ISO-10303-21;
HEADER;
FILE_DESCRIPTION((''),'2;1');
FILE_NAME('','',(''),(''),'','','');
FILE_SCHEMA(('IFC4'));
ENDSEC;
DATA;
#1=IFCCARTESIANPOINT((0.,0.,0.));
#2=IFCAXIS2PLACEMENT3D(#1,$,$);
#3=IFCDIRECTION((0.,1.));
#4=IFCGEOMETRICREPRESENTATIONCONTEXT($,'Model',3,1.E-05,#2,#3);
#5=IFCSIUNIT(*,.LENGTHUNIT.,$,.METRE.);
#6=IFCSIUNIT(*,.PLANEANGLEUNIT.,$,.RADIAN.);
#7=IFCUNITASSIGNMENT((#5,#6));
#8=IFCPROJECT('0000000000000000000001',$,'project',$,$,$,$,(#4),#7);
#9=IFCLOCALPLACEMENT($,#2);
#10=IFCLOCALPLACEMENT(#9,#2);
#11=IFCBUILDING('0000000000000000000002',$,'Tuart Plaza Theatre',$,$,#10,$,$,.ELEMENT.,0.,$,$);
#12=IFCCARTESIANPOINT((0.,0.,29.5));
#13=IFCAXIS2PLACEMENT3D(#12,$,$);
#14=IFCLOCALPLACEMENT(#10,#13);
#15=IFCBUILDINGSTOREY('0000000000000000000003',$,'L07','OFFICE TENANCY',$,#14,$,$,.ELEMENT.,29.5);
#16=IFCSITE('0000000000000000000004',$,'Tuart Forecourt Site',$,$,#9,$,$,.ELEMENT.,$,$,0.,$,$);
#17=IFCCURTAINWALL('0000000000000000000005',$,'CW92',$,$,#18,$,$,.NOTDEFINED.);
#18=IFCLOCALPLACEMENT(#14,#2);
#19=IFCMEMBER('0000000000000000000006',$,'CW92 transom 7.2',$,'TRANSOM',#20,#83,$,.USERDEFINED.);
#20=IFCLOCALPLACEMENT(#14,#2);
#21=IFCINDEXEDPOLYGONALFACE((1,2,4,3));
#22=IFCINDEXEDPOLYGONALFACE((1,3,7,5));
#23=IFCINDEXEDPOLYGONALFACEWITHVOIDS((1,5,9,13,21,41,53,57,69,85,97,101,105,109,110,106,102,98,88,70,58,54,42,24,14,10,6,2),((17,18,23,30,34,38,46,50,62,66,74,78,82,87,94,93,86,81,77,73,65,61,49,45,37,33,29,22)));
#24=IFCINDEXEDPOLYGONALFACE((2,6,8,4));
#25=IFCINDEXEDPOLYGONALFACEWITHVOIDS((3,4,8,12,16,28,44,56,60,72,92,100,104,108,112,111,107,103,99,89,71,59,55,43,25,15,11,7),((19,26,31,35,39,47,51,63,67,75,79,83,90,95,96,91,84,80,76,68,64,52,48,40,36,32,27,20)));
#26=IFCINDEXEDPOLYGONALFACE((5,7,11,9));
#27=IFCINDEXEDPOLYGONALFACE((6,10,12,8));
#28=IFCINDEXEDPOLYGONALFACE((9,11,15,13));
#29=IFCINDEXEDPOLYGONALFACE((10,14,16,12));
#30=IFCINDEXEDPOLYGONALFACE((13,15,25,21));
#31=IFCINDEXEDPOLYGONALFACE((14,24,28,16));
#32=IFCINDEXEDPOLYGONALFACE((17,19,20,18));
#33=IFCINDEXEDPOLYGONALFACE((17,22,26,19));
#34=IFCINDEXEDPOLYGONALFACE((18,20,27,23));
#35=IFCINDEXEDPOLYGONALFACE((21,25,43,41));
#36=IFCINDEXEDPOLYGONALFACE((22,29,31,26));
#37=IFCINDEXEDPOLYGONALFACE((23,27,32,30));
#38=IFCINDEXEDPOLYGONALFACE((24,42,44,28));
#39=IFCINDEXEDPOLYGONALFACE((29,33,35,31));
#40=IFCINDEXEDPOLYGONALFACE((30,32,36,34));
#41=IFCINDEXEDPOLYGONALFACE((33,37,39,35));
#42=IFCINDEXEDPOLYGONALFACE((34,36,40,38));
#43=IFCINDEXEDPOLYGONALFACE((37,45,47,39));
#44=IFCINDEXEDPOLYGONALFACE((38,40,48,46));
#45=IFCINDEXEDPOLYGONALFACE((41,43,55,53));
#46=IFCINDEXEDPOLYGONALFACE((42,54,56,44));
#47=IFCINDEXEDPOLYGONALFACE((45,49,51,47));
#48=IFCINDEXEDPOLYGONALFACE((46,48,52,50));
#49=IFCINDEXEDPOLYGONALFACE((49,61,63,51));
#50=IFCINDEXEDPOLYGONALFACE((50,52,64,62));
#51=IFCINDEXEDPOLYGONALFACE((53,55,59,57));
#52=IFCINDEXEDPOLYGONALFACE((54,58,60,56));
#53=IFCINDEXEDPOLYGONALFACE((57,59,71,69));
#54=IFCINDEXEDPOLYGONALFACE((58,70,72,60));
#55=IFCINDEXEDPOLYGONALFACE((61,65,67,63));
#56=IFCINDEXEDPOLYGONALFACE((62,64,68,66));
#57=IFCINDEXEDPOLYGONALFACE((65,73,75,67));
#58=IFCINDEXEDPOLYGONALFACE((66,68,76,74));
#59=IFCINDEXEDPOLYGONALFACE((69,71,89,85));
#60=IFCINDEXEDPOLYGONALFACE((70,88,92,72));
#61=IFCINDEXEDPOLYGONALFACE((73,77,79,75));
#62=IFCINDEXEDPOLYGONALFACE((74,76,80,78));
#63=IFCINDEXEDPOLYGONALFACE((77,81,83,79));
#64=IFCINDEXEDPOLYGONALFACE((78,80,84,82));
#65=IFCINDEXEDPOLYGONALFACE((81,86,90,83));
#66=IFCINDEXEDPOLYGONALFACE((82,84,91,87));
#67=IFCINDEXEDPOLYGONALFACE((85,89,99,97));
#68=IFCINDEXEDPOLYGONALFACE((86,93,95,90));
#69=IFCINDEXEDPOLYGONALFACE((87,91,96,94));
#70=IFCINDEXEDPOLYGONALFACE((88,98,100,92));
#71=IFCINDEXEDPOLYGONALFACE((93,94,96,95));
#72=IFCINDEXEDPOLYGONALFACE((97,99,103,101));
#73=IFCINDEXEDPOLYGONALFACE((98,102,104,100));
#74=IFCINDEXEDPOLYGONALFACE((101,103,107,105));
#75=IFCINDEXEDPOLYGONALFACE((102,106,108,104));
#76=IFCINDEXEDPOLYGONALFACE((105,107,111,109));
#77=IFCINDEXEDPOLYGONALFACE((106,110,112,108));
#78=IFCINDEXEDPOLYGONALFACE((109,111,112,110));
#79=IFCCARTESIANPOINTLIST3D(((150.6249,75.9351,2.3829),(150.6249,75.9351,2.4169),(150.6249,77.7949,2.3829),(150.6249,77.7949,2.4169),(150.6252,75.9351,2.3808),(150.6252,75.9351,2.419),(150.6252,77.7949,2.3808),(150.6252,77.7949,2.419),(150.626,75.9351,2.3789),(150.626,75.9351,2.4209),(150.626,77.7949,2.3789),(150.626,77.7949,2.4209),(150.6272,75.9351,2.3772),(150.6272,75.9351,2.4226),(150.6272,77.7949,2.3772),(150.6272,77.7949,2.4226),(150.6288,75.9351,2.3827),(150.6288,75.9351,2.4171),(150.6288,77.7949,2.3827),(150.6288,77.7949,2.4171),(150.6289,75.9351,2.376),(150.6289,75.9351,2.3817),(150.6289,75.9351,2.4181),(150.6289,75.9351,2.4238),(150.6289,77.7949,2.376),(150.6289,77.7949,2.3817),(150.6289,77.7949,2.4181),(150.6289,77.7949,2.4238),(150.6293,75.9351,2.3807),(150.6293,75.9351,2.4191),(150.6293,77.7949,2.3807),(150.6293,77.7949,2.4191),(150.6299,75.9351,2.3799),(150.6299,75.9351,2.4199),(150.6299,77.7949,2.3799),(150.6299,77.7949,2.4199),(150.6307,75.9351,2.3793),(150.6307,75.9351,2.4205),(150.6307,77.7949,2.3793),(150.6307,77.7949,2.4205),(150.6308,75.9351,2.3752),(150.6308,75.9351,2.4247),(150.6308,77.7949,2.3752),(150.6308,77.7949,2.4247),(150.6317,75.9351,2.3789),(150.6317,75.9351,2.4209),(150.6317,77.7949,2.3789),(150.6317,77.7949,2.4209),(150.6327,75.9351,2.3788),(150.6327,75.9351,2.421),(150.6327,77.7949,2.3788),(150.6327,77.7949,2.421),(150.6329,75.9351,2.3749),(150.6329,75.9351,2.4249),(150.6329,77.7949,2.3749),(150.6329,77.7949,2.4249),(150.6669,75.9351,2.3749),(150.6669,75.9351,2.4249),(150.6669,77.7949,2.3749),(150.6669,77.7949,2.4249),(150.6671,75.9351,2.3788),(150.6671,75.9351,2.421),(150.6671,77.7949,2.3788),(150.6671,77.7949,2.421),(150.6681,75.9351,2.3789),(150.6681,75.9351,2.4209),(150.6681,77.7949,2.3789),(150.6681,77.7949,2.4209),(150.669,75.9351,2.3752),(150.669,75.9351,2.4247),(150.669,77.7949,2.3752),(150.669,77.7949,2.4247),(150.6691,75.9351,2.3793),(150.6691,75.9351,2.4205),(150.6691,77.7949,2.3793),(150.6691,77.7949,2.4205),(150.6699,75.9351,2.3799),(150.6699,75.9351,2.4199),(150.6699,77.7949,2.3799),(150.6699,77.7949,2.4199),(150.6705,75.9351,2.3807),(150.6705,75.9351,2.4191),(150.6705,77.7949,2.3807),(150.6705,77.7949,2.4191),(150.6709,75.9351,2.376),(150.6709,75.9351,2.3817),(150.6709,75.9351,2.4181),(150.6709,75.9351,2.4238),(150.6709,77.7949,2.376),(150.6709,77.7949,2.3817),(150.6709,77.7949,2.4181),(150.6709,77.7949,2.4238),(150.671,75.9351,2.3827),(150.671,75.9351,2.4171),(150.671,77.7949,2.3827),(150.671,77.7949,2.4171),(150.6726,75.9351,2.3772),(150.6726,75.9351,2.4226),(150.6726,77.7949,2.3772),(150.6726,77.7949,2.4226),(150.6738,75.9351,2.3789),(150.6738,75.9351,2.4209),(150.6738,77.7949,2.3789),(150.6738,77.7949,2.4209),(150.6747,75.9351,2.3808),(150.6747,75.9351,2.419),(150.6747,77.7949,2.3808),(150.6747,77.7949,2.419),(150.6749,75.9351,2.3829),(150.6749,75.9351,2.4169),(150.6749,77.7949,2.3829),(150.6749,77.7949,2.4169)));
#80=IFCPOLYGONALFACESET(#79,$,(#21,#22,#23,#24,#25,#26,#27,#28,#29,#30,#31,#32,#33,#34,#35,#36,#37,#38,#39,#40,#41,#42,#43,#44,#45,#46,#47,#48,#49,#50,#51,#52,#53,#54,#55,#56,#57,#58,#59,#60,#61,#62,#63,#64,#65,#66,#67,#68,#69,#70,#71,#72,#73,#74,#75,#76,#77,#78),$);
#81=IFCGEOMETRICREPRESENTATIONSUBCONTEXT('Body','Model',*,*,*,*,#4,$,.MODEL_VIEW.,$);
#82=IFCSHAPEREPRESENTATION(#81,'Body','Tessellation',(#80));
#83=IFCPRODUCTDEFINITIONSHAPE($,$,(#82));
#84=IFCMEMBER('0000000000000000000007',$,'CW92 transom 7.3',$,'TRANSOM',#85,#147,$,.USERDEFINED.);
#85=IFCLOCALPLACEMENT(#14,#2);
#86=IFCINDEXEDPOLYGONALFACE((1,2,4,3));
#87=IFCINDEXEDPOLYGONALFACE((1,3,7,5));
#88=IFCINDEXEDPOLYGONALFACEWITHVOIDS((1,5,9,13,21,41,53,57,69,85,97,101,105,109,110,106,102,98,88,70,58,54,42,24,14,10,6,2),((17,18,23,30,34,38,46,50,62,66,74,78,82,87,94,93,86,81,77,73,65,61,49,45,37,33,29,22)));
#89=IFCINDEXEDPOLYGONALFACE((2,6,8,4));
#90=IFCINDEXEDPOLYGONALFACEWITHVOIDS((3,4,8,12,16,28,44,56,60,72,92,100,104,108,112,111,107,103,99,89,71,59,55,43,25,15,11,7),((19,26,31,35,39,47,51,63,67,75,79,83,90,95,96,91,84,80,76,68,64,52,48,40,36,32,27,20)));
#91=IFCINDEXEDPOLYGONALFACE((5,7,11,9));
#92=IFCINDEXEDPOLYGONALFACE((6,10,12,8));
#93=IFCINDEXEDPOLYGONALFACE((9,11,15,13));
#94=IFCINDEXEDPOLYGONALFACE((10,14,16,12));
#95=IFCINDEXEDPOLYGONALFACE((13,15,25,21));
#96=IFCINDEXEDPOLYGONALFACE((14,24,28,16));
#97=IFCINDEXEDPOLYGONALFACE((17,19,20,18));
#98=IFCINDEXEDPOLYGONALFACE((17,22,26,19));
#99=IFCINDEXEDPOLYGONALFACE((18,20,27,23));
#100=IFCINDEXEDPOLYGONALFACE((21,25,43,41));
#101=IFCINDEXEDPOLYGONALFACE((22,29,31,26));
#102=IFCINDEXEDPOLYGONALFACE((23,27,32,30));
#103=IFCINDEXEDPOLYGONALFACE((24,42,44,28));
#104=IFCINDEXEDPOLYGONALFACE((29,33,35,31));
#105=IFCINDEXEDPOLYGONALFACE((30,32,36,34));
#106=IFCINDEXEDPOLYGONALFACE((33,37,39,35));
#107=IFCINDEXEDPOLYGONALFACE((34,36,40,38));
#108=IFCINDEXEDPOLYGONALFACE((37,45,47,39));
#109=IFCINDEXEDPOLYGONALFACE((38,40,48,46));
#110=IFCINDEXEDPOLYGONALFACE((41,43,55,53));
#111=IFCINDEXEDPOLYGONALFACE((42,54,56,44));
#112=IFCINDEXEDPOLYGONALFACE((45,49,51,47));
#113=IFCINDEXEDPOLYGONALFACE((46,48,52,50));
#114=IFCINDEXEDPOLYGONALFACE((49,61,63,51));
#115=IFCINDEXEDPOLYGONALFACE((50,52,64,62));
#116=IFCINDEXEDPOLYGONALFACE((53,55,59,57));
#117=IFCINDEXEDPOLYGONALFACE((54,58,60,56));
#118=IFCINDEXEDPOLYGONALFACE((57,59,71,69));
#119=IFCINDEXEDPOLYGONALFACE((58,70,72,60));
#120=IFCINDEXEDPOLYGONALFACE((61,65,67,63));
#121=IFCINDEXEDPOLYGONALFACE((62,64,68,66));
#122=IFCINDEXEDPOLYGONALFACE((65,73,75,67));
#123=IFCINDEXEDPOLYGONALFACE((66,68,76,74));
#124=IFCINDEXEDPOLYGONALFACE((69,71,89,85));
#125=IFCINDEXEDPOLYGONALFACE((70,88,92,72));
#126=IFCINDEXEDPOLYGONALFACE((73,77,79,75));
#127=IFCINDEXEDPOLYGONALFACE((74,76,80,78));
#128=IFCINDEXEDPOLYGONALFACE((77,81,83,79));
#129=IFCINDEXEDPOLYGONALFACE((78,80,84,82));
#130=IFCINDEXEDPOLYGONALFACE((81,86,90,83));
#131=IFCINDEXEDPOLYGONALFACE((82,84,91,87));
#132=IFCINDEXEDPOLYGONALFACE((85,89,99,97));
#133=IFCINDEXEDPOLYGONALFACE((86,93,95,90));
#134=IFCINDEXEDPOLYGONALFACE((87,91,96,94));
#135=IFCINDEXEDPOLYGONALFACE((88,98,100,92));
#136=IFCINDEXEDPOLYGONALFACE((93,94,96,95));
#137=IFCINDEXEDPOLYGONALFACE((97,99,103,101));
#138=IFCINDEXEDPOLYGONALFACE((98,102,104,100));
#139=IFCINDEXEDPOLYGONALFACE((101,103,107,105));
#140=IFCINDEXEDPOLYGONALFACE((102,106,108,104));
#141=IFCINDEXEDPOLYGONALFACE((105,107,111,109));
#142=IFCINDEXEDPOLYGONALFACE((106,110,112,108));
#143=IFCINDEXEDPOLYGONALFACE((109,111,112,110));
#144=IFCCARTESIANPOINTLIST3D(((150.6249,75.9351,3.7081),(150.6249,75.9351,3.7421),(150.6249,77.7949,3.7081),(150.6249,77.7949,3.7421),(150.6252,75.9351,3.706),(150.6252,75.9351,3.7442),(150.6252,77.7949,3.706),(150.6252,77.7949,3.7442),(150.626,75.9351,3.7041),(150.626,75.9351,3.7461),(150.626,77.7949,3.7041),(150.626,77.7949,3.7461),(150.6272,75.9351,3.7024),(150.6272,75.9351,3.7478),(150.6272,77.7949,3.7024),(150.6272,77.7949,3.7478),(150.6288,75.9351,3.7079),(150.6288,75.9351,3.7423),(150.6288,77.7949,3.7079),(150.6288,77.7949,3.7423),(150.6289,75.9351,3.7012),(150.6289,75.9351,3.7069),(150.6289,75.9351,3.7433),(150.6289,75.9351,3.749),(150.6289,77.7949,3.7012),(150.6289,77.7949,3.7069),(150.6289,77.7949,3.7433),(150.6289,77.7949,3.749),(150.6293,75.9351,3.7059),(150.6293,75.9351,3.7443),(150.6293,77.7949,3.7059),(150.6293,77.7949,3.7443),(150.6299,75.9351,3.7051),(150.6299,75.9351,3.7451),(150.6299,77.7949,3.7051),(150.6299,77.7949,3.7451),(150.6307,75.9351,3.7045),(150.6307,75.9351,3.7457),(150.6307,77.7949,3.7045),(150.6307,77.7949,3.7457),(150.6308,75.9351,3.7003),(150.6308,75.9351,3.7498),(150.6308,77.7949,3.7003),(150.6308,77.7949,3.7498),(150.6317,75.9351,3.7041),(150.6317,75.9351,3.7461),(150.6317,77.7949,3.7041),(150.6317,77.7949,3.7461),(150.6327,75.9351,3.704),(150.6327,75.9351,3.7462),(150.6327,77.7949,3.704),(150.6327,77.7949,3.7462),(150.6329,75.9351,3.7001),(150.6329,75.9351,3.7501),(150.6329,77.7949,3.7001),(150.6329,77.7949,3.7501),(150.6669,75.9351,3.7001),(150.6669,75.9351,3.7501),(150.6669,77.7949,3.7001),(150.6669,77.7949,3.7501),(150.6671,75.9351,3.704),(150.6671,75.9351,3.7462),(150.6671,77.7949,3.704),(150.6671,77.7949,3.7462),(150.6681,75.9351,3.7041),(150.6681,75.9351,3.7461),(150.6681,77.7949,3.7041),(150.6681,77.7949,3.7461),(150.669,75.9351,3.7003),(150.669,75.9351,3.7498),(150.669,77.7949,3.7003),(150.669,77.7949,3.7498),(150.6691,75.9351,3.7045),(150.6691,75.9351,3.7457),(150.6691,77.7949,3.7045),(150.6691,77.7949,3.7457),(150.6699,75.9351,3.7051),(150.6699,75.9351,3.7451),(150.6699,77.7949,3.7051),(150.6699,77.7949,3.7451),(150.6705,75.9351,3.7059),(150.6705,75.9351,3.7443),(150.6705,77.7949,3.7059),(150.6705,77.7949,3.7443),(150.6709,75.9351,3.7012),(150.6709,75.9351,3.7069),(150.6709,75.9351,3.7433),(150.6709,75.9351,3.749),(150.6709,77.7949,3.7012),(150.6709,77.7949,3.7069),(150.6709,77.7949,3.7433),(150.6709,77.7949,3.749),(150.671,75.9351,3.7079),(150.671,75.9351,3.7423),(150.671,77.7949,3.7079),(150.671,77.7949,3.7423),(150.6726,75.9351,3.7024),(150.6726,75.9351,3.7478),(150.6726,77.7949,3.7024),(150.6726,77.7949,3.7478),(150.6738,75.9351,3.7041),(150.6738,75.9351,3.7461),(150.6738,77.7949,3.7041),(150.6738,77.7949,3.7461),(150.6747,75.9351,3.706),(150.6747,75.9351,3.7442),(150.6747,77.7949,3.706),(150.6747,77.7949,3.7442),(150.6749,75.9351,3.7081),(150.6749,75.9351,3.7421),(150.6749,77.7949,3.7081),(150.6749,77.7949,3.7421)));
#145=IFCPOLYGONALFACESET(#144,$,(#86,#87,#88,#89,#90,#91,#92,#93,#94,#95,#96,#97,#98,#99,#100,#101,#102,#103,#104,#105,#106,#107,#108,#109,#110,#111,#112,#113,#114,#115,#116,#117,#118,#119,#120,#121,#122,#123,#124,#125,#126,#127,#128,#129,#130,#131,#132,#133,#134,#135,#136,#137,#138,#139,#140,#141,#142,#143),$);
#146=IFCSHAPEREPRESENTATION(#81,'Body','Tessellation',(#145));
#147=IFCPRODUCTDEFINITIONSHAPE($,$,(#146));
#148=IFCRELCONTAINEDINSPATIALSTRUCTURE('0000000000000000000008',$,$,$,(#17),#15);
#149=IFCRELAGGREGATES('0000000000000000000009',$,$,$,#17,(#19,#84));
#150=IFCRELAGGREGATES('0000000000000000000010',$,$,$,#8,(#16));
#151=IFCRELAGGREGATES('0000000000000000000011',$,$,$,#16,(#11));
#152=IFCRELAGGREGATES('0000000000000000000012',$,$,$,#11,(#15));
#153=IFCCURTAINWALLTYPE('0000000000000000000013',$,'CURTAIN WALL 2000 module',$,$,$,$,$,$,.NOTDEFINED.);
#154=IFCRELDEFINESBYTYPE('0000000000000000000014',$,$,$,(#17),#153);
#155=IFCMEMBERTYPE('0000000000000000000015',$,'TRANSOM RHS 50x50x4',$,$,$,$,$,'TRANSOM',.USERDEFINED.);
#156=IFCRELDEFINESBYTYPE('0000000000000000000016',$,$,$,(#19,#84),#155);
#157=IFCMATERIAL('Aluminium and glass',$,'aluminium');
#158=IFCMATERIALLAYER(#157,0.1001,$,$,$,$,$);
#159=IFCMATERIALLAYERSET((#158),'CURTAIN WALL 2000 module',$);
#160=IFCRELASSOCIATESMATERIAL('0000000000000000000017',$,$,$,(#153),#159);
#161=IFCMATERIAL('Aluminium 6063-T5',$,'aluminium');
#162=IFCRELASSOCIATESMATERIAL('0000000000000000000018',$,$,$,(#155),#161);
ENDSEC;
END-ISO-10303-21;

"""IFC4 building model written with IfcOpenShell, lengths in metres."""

from ifc_helpers import new_model, si_unit, direction, frame, origin, origin_2d, place, context, subcontext, project, spatial, hollow_rectangle, extrude, material, layer, layer_set, material_profile, profile_set, type_object, element, aggregate, save


model = new_model("IFC4")

# Units and contexts
model_context = context("Model", 3, precision=1e-05, world=origin(), true_north=direction((0.0, 1.0)))
body_context = subcontext(model_context, "Body", "Model", "MODEL_VIEW")
ifc_project = project(units=[si_unit("LENGTHUNIT", "METRE"), si_unit("PLANEANGLEUNIT", "RADIAN")], contexts=[model_context])

# Site, building, storey
site_placement = place(None, origin())
site = spatial("IfcSite", under=ifc_project, at=site_placement, Name="Tuart Forecourt Site", CompositionType="ELEMENT", RefElevation=0.0)
building_placement = place(site_placement, origin())
building = spatial("IfcBuilding", under=site, at=building_placement, Name="Tuart Plaza Theatre", CompositionType="ELEMENT", ElevationOfRefHeight=0.0)
storey_placement = place(building_placement, frame((0.0, 0.0, 29.5)))
storey = spatial("IfcBuildingStorey", under=building, at=storey_placement, Name="L07", Description="OFFICE TENANCY", CompositionType="ELEMENT", Elevation=29.5)

# Curtain wall, members
ifc_material_1 = material(Name="Aluminium and glass", Category="aluminium")
ifc_layer_1 = layer(ifc_material_1, 0.1001)
ifc_layer_set_1 = layer_set([ifc_layer_1], Name="CURTAIN WALL 2000 module")
curtain_wall_type = type_object("IfcCurtainWallType", Name="CURTAIN WALL 2000 module", PredefinedType="NOTDEFINED", material=ifc_layer_set_1)
curtain_wall_placement = place(storey_placement, origin())
curtain_wall = element("IfcCurtainWall", 1, at=curtain_wall_placement, inside=storey, type_object=curtain_wall_type, Name="CW92", PredefinedType="NOTDEFINED")
ifc_material_2 = material(Name="Aluminium 6063-T5", Category="aluminium")
ifc_material_profile_1 = material_profile(ifc_material_2, hollow_rectangle(XDim=0.05, YDim=0.05, WallThickness=0.0039, InnerFilletRadius=0.0039, OuterFilletRadius=0.0081, at=origin_2d()), Name="RHS 50x50x4")
ifc_profile_set_1 = profile_set([ifc_material_profile_1], Name="Aluminium 6063-T5")
member_type_1 = type_object("IfcMemberType", Name="TRANSOM RHS 50x50x4", ElementType="TRANSOM", PredefinedType="USERDEFINED", material=ifc_profile_set_1)
member_1_placement = place(storey_placement, frame((150.6499, 75.9351, 2.3999), z_axis=(0.0, 1.0, 0.0), x_axis=(-1.0, 0.0, 0.0)))
member_1 = element("IfcMember", 2, at=member_1_placement, type_object=member_type_1, Name="CW92 transom 7.2", ObjectType="TRANSOM", PredefinedType="USERDEFINED", context=body_context, shape_type="SweptSolid", body=[
    extrude(hollow_rectangle(XDim=0.05, YDim=0.05, WallThickness=0.0039, InnerFilletRadius=0.0039, OuterFilletRadius=0.0081, at=origin_2d()), origin(), (0.0, 0.0, 1.0), 1.8599),
])
member_2_placement = place(storey_placement, frame((150.6499, 75.9351, 3.7251), z_axis=(0.0, 1.0, 0.0), x_axis=(-1.0, 0.0, 0.0)))
member_2 = element("IfcMember", 3, at=member_2_placement, type_object=member_type_1, Name="CW92 transom 7.3", ObjectType="TRANSOM", PredefinedType="USERDEFINED", context=body_context, shape_type="SweptSolid", body=[
    extrude(hollow_rectangle(XDim=0.05, YDim=0.05, WallThickness=0.0039, InnerFilletRadius=0.0039, OuterFilletRadius=0.0081, at=origin_2d()), origin(), (0.0, 0.0, 1.0), 1.8599),
])
aggregate(curtain_wall, [member_1, member_2])

save(model, "model.ifc")
